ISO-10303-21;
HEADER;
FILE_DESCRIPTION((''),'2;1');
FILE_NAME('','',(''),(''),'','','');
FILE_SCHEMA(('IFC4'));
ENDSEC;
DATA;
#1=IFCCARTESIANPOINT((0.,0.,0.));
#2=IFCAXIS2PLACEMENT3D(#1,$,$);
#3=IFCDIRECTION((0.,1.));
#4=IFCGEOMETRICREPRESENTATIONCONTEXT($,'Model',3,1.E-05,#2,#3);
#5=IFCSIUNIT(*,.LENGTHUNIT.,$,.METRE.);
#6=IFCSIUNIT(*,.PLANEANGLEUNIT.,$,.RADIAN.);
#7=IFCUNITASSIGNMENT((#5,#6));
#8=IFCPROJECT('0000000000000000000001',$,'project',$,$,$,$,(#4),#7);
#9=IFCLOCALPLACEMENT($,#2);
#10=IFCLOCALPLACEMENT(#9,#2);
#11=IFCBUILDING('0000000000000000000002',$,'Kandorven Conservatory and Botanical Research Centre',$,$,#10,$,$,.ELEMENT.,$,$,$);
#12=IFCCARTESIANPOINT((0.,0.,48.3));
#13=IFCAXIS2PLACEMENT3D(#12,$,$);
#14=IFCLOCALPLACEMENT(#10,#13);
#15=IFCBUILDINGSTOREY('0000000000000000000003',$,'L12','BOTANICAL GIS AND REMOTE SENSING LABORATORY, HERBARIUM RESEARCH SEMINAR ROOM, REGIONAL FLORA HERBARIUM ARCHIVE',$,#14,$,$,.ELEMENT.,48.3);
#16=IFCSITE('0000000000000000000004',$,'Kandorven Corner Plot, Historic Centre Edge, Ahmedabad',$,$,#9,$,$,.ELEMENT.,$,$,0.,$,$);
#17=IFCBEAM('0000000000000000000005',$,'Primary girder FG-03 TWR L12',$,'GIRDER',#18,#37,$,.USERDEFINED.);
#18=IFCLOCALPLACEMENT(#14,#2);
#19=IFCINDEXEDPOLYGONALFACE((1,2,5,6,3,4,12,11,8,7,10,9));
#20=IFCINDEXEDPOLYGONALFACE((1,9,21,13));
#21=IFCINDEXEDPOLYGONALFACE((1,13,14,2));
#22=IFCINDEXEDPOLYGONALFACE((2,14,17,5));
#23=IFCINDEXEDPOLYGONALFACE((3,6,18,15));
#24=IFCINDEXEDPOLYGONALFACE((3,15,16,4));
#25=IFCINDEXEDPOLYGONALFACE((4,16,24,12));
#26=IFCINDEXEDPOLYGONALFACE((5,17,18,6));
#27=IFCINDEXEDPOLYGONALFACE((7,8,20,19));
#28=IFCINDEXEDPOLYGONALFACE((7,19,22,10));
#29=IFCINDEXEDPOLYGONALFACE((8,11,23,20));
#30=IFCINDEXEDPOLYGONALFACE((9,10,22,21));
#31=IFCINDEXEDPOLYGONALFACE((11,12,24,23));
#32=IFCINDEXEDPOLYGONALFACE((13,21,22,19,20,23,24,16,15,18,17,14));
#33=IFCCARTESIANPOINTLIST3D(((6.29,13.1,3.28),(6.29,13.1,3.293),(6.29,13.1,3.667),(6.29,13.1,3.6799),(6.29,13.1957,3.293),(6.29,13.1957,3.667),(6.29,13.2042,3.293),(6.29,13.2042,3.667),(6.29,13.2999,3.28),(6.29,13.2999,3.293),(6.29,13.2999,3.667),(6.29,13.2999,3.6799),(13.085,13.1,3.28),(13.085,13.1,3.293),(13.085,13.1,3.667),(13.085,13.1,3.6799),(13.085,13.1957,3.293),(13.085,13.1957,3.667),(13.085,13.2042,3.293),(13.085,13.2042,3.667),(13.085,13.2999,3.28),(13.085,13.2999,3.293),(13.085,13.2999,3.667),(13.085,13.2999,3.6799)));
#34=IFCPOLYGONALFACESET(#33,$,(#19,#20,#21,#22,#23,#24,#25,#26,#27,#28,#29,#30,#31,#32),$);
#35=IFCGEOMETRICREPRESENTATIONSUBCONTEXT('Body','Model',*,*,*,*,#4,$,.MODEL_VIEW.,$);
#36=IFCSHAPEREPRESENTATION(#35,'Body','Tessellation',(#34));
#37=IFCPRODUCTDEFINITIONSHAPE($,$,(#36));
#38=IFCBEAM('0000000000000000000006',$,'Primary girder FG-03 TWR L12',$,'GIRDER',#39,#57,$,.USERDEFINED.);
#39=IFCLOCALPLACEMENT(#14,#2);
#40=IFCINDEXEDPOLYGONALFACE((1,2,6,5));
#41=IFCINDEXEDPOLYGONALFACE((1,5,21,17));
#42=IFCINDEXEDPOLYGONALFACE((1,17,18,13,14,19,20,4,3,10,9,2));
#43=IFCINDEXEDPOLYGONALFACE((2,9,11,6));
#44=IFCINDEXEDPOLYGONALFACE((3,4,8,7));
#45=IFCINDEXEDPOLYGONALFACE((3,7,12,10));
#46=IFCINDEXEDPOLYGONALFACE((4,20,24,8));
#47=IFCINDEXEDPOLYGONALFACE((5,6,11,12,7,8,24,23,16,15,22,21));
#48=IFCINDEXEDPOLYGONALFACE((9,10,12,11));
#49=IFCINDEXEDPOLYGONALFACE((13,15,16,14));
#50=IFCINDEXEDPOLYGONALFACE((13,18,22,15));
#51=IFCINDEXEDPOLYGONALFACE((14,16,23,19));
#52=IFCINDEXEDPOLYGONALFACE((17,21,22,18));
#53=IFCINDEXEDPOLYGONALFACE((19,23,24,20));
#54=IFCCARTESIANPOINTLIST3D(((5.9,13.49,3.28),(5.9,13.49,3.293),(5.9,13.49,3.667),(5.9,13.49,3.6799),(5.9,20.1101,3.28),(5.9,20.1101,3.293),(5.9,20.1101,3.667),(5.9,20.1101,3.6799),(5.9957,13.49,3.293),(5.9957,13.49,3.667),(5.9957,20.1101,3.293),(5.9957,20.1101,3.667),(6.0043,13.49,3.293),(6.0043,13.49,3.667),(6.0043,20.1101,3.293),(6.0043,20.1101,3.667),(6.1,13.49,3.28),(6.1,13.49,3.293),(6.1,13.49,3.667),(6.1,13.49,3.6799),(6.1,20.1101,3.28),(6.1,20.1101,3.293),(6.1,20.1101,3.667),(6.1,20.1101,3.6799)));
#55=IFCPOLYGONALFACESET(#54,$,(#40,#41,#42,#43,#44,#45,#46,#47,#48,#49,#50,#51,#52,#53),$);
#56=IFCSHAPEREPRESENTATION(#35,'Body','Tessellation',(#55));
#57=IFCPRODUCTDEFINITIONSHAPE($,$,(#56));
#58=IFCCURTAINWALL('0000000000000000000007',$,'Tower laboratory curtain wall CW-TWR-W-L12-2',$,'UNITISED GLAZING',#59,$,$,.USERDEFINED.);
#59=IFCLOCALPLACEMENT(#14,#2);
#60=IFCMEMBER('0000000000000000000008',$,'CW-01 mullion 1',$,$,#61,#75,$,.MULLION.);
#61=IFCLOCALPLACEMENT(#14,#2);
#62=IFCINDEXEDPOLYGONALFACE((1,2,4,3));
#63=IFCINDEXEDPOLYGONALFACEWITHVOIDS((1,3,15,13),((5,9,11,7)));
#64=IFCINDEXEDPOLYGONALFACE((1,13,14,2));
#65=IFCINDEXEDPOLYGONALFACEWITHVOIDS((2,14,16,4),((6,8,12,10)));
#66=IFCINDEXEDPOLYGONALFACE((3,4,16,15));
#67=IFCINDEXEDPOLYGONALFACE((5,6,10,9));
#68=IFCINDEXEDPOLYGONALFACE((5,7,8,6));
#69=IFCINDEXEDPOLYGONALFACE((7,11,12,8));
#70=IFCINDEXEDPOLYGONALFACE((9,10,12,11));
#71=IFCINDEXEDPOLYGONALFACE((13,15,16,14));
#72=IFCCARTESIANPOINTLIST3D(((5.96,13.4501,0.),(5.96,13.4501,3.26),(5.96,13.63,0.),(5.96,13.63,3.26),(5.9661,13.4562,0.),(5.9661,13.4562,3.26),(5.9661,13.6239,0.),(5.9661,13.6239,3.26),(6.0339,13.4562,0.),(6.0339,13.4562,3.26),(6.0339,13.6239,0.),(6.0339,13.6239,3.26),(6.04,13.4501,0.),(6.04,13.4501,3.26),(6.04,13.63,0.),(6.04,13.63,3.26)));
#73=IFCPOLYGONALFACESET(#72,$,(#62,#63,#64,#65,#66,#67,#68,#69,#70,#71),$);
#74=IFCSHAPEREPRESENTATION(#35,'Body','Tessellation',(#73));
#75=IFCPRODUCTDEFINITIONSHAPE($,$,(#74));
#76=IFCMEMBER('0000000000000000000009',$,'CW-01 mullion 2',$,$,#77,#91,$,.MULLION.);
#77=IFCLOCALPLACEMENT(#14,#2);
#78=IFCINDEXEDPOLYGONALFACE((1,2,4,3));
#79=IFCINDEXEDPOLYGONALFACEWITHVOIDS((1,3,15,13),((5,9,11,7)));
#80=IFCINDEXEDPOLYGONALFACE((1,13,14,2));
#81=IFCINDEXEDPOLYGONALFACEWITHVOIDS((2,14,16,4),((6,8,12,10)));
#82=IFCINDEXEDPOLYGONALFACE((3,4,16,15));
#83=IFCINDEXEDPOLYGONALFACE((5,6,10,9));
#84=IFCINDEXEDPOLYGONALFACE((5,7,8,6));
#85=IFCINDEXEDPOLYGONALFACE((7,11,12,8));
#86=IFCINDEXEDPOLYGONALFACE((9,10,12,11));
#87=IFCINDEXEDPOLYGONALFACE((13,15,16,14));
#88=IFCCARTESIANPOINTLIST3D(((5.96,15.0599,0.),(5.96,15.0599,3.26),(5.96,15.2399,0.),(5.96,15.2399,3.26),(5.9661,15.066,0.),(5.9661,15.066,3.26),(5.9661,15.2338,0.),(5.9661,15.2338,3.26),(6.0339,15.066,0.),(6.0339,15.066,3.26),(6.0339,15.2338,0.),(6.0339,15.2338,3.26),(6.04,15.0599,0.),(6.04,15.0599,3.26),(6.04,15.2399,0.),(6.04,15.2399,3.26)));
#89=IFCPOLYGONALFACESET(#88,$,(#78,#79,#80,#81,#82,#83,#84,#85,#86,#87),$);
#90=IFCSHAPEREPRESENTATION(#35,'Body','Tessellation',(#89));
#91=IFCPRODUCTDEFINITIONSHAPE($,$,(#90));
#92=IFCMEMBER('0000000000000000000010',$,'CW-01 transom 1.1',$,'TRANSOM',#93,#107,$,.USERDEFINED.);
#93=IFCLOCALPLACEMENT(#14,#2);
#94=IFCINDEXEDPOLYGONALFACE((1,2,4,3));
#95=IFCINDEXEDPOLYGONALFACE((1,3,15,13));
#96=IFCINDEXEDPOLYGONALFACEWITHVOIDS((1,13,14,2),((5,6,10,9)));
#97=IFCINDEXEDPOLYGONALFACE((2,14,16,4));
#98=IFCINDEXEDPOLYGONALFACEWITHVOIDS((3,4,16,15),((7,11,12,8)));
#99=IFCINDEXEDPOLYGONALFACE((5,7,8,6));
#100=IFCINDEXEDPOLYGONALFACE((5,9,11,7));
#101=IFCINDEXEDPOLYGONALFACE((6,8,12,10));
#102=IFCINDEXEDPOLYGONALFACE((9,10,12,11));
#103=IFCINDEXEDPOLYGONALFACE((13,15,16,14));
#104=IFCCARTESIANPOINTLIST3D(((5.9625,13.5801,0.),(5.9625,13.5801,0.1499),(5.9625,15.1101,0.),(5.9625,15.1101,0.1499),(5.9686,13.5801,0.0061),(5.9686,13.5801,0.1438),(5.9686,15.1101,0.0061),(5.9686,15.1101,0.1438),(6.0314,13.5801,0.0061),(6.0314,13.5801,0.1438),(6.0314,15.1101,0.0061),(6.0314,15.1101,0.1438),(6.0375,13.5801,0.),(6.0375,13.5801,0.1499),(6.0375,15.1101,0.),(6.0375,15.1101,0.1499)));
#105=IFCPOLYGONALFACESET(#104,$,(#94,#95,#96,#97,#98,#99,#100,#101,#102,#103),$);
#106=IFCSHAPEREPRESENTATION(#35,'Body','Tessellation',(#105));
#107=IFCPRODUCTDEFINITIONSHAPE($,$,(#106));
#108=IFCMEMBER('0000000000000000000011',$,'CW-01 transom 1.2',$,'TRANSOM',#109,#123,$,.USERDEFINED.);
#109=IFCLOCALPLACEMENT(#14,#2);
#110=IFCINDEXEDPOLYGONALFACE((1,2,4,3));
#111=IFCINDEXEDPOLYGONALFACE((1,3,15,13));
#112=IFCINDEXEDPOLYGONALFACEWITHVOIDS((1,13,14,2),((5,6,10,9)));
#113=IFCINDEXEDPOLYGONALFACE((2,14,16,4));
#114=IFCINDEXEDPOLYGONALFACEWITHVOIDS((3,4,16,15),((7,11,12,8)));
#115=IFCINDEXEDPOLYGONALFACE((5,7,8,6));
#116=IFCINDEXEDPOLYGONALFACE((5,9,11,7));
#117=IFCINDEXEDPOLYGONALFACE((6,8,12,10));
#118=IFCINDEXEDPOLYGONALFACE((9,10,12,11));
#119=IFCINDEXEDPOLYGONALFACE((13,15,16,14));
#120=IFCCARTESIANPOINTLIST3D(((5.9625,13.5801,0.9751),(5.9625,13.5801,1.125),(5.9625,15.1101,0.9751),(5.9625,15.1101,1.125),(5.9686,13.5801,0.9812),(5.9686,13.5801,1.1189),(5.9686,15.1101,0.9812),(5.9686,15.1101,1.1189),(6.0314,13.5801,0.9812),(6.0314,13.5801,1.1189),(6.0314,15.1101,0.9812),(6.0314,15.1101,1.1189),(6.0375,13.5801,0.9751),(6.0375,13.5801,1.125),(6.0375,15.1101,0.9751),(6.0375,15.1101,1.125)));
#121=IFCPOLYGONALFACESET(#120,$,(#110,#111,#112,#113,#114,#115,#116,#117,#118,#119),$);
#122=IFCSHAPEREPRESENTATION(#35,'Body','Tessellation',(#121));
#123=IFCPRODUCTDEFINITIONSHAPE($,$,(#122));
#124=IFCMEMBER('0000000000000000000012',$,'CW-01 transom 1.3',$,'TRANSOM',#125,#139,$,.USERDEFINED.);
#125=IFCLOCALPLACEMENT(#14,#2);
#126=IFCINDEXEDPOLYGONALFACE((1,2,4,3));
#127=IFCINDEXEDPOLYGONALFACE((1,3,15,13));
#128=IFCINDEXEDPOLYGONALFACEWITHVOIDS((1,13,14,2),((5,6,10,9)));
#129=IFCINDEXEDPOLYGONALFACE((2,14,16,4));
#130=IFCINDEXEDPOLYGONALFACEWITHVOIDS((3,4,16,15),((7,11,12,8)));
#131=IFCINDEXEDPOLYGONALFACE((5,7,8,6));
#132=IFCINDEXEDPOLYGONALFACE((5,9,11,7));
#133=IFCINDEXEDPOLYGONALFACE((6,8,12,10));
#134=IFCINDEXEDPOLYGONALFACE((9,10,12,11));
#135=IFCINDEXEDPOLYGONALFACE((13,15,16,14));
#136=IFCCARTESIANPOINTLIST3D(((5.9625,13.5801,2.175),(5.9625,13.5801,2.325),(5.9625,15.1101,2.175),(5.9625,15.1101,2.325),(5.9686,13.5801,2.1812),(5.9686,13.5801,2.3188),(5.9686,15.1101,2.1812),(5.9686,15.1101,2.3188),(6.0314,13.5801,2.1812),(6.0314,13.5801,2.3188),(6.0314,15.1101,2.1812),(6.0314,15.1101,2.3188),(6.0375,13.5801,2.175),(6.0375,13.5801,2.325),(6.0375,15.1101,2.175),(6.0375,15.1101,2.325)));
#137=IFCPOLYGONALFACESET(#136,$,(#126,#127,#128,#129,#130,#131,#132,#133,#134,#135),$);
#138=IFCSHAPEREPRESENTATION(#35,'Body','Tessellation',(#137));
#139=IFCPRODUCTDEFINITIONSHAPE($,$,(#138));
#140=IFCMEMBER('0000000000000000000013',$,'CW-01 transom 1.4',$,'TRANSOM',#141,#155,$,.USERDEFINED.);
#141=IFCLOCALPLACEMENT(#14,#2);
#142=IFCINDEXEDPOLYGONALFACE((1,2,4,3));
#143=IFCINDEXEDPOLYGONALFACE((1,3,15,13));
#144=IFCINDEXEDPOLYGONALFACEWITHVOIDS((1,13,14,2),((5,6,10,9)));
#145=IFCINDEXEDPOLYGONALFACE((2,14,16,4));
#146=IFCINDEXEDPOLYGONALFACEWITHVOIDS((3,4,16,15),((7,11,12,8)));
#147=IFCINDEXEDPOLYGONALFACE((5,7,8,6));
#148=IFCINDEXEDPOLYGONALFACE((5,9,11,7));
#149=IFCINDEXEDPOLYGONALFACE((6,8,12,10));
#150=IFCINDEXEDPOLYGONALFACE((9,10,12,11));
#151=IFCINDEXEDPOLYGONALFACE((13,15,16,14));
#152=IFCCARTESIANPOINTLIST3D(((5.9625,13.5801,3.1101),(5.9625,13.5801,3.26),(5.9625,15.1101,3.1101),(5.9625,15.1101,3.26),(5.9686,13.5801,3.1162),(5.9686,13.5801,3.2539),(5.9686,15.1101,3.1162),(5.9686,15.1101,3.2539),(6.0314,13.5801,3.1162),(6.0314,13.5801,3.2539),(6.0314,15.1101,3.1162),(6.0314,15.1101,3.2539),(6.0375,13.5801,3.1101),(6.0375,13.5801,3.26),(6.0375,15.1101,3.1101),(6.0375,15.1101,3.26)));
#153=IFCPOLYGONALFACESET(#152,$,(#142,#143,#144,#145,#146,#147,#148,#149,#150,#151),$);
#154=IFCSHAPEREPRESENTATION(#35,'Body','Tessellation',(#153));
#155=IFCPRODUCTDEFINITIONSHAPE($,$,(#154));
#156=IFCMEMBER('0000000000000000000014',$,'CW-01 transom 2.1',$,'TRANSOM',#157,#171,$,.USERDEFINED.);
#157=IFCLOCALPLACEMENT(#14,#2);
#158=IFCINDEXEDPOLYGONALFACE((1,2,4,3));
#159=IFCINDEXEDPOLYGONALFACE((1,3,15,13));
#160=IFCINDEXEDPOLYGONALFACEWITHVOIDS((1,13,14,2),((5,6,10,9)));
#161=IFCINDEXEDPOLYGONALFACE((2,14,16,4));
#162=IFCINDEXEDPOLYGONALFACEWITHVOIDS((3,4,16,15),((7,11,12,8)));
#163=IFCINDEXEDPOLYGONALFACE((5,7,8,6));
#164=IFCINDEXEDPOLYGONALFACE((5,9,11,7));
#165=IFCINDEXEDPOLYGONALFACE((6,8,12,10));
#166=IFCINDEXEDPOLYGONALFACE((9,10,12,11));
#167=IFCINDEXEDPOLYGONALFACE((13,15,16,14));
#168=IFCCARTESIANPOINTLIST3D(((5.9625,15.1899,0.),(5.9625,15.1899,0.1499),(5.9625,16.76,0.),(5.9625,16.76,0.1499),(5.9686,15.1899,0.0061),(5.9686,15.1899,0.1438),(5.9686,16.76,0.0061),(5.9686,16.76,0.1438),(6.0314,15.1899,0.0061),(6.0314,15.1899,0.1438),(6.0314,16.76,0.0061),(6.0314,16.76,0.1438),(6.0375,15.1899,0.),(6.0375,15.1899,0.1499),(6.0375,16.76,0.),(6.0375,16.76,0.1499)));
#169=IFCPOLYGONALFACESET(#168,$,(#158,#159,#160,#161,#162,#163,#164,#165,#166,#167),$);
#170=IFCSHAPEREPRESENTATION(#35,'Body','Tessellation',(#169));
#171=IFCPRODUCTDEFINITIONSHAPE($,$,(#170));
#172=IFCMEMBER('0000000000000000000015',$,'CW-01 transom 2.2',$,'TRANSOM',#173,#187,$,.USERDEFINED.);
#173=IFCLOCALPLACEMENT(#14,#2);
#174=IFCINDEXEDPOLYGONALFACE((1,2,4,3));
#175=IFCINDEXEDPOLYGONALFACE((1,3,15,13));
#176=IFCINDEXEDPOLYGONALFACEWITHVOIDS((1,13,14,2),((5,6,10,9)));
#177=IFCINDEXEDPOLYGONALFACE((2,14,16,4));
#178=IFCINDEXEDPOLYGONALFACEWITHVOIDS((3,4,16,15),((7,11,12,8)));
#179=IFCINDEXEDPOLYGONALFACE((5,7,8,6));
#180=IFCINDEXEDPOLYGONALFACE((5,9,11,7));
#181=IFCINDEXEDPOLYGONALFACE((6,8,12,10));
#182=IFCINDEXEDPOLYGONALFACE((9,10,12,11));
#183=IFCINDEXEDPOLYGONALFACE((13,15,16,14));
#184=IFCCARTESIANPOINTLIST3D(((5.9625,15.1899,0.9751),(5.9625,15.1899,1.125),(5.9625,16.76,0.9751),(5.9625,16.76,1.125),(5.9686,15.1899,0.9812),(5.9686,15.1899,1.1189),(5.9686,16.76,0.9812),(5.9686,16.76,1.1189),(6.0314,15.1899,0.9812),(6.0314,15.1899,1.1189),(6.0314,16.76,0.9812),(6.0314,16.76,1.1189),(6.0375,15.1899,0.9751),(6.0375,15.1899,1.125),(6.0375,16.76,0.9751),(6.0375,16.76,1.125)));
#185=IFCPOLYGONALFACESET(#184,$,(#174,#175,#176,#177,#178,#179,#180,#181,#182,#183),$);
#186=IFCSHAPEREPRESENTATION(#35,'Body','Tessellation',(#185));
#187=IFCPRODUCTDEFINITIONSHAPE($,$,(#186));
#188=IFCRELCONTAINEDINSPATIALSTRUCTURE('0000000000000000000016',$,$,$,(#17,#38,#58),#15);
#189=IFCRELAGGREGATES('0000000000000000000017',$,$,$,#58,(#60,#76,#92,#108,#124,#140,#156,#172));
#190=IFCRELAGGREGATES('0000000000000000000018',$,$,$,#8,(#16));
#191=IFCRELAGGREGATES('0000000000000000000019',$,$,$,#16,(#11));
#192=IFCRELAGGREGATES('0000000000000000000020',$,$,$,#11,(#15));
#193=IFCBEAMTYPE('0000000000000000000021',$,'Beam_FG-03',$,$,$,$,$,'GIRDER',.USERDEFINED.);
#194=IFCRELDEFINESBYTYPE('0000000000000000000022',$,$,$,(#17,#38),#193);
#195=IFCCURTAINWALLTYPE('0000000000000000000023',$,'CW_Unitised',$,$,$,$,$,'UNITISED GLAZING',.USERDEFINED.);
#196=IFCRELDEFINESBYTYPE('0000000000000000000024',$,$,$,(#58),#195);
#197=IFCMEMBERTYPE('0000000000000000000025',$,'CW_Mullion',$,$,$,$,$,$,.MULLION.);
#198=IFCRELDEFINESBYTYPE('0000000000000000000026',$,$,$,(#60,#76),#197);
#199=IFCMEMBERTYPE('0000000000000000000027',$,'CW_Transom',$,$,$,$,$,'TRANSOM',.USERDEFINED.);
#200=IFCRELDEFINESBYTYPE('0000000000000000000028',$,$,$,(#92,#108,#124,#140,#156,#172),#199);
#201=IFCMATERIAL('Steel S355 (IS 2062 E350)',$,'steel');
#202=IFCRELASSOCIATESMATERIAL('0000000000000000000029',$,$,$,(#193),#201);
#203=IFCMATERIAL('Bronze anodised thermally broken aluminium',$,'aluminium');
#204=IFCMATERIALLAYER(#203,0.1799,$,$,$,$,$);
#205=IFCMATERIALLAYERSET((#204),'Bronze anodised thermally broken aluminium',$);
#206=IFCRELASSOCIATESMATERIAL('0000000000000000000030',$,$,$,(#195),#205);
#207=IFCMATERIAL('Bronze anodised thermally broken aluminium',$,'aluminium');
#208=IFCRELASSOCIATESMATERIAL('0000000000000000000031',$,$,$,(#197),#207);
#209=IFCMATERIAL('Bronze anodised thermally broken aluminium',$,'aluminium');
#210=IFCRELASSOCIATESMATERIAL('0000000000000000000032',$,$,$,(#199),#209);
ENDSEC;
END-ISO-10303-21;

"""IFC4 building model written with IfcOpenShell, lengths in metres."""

from ifc_helpers import new_model, si_unit, direction, frame, origin, origin_2d, place, context, subcontext, project, spatial, hollow_rectangle, i_section, extrude, material, layer, layer_set, material_profile, profile_set, type_object, element, aggregate, save


model = new_model("IFC4")

# Units and contexts
model_context = context("Model", 3, precision=1e-05, world=origin(), true_north=direction((0.0, 1.0)))
body_context = subcontext(model_context, "Body", "Model", "MODEL_VIEW")
ifc_project = project(units=[si_unit("LENGTHUNIT", "METRE"), si_unit("PLANEANGLEUNIT", "RADIAN")], contexts=[model_context])

# Site, building, storey
site_placement = place(None, origin())
site = spatial("IfcSite", under=ifc_project, at=site_placement, Name="Kandorven Corner Plot, Historic Centre Edge, Ahmedabad", CompositionType="ELEMENT", RefElevation=0.0)
building_placement = place(site_placement, origin())
building = spatial("IfcBuilding", under=site, at=building_placement, Name="Kandorven Conservatory and Botanical Research Centre", CompositionType="ELEMENT")
storey_placement = place(building_placement, frame((0.0, 0.0, 48.3)))
storey = spatial("IfcBuildingStorey", under=building, at=storey_placement, Name="L12", Description="BOTANICAL GIS AND REMOTE SENSING LABORATORY, HERBARIUM RESEARCH SEMINAR ROOM, REGIONAL FLORA HERBARIUM ARCHIVE", CompositionType="ELEMENT", Elevation=48.3)

# Beams
ifc_material_1 = material(Name="Steel S355 (IS 2062 E350)", Category="steel")
ifc_material_profile_1 = material_profile(ifc_material_1, i_section(OverallWidth=0.2, OverallDepth=0.3999, WebThickness=0.0085, FlangeThickness=0.0129, at=origin_2d()))
ifc_profile_set_1 = profile_set([ifc_material_profile_1], Name="Steel S355 (IS 2062 E350)")
beam_type = type_object("IfcBeamType", Name="Beam_FG-03", ElementType="GIRDER", PredefinedType="USERDEFINED", material=ifc_profile_set_1)
beam_1_placement = place(storey_placement, frame((6.29, 13.2, 3.48), z_axis=(1.0, 0.0, 0.0), x_axis=(0.0, 1.0, 0.0)))
element("IfcBeam", 1, at=beam_1_placement, inside=storey, type_object=beam_type, Name="Primary girder FG-03 TWR L12", ObjectType="GIRDER", PredefinedType="USERDEFINED", context=body_context, shape_type="SweptSolid", body=[
    extrude(i_section(OverallWidth=0.2, OverallDepth=0.3999, WebThickness=0.0085, FlangeThickness=0.0129, at=origin_2d()), origin(), (0.0, 0.0, 1.0), 6.7949),
])
beam_2_placement = place(storey_placement, frame((6.0, 13.49, 3.48), z_axis=(0.0, 1.0, 0.0), x_axis=(-1.0, 0.0, 0.0)))
element("IfcBeam", 2, at=beam_2_placement, inside=storey, type_object=beam_type, Name="Primary girder FG-03 TWR L12", ObjectType="GIRDER", PredefinedType="USERDEFINED", context=body_context, shape_type="SweptSolid", body=[
    extrude(i_section(OverallWidth=0.2, OverallDepth=0.3999, WebThickness=0.0085, FlangeThickness=0.0129, at=origin_2d()), origin(), (0.0, 0.0, 1.0), 6.6201),
])

# Curtain wall, members
ifc_material_2 = material(Name="Bronze anodised thermally broken aluminium", Category="aluminium")
ifc_layer_1 = layer(ifc_material_2, 0.1799)
ifc_layer_set_1 = layer_set([ifc_layer_1], Name="Bronze anodised thermally broken aluminium")
curtain_wall_type = type_object("IfcCurtainWallType", Name="CW_Unitised", ElementType="UNITISED GLAZING", PredefinedType="USERDEFINED", material=ifc_layer_set_1)
curtain_wall_placement = place(storey_placement, origin())
curtain_wall = element("IfcCurtainWall", 3, at=curtain_wall_placement, inside=storey, type_object=curtain_wall_type, Name="Tower laboratory curtain wall CW-TWR-W-L12-2", ObjectType="UNITISED GLAZING", PredefinedType="USERDEFINED")
ifc_material_3 = material(Name="Bronze anodised thermally broken aluminium", Category="aluminium")
ifc_material_profile_2 = material_profile(ifc_material_3, hollow_rectangle(XDim=0.0801, YDim=0.1799, WallThickness=0.0061, at=origin_2d()))
ifc_profile_set_2 = profile_set([ifc_material_profile_2], Name="Bronze anodised thermally broken aluminium")
member_type_1 = type_object("IfcMemberType", Name="CW_Mullion", PredefinedType="MULLION", material=ifc_profile_set_2)
member_1_placement = place(storey_placement, frame((6.0, 13.54, 0.0), z_axis=(0.0, 0.0, 1.0), x_axis=(-1.0, 0.0, 0.0)))
member_1 = element("IfcMember", 4, at=member_1_placement, type_object=member_type_1, Name="CW-01 mullion 1", PredefinedType="MULLION", context=body_context, shape_type="SweptSolid", body=[
    extrude(hollow_rectangle(XDim=0.0801, YDim=0.1799, WallThickness=0.0061, at=origin_2d()), origin(), (0.0, 0.0, 1.0), 3.26),
])
member_2_placement = place(storey_placement, frame((6.0, 15.1499, 0.0), z_axis=(0.0, 0.0, 1.0), x_axis=(-1.0, 0.0, 0.0)))
member_2 = element("IfcMember", 5, at=member_2_placement, type_object=member_type_1, Name="CW-01 mullion 2", PredefinedType="MULLION", context=body_context, shape_type="SweptSolid", body=[
    extrude(hollow_rectangle(XDim=0.0801, YDim=0.1799, WallThickness=0.0061, at=origin_2d()), origin(), (0.0, 0.0, 1.0), 3.26),
])
ifc_material_4 = material(Name="Bronze anodised thermally broken aluminium", Category="aluminium")
ifc_material_profile_3 = material_profile(ifc_material_4, hollow_rectangle(XDim=0.075, YDim=0.1499, WallThickness=0.0061, at=origin_2d()))
ifc_profile_set_3 = profile_set([ifc_material_profile_3], Name="Bronze anodised thermally broken aluminium")
member_type_2 = type_object("IfcMemberType", Name="CW_Transom", ElementType="TRANSOM", PredefinedType="USERDEFINED", material=ifc_profile_set_3)
member_3_placement = place(storey_placement, frame((6.0, 13.5801, 0.075), z_axis=(0.0, 1.0, 0.0), x_axis=(-1.0, 0.0, 0.0)))
member_3 = element("IfcMember", 6, at=member_3_placement, type_object=member_type_2, Name="CW-01 transom 1.1", ObjectType="TRANSOM", PredefinedType="USERDEFINED", context=body_context, shape_type="SweptSolid", body=[
    extrude(hollow_rectangle(XDim=0.075, YDim=0.1499, WallThickness=0.0061, at=origin_2d()), origin(), (0.0, 0.0, 1.0), 1.53),
])
member_4_placement = place(storey_placement, frame((6.0, 13.5801, 1.05), z_axis=(0.0, 1.0, 0.0), x_axis=(-1.0, 0.0, 0.0)))
member_4 = element("IfcMember", 7, at=member_4_placement, type_object=member_type_2, Name="CW-01 transom 1.2", ObjectType="TRANSOM", PredefinedType="USERDEFINED", context=body_context, shape_type="SweptSolid", body=[
    extrude(hollow_rectangle(XDim=0.075, YDim=0.1499, WallThickness=0.0061, at=origin_2d()), origin(), (0.0, 0.0, 1.0), 1.53),
])
member_5_placement = place(storey_placement, frame((6.0, 13.5801, 2.25), z_axis=(0.0, 1.0, 0.0), x_axis=(-1.0, 0.0, 0.0)))
member_5 = element("IfcMember", 8, at=member_5_placement, type_object=member_type_2, Name="CW-01 transom 1.3", ObjectType="TRANSOM", PredefinedType="USERDEFINED", context=body_context, shape_type="SweptSolid", body=[
    extrude(hollow_rectangle(XDim=0.075, YDim=0.1499, WallThickness=0.0061, at=origin_2d()), origin(), (0.0, 0.0, 1.0), 1.53),
])
member_6_placement = place(storey_placement, frame((6.0, 13.5801, 3.1851), z_axis=(0.0, 1.0, 0.0), x_axis=(-1.0, 0.0, 0.0)))
member_6 = element("IfcMember", 9, at=member_6_placement, type_object=member_type_2, Name="CW-01 transom 1.4", ObjectType="TRANSOM", PredefinedType="USERDEFINED", context=body_context, shape_type="SweptSolid", body=[
    extrude(hollow_rectangle(XDim=0.075, YDim=0.1499, WallThickness=0.0061, at=origin_2d()), origin(), (0.0, 0.0, 1.0), 1.53),
])
member_7_placement = place(storey_placement, frame((6.0, 15.1899, 0.075), z_axis=(0.0, 1.0, 0.0), x_axis=(-1.0, 0.0, 0.0)))
member_7 = element("IfcMember", 10, at=member_7_placement, type_object=member_type_2, Name="CW-01 transom 2.1", ObjectType="TRANSOM", PredefinedType="USERDEFINED", context=body_context, shape_type="SweptSolid", body=[
    extrude(hollow_rectangle(XDim=0.075, YDim=0.1499, WallThickness=0.0061, at=origin_2d()), origin(), (0.0, 0.0, 1.0), 1.5701),
])
member_8_placement = place(storey_placement, frame((6.0, 15.1899, 1.05), z_axis=(0.0, 1.0, 0.0), x_axis=(-1.0, 0.0, 0.0)))
member_8 = element("IfcMember", 11, at=member_8_placement, type_object=member_type_2, Name="CW-01 transom 2.2", ObjectType="TRANSOM", PredefinedType="USERDEFINED", context=body_context, shape_type="SweptSolid", body=[
    extrude(hollow_rectangle(XDim=0.075, YDim=0.1499, WallThickness=0.0061, at=origin_2d()), origin(), (0.0, 0.0, 1.0), 1.5701),
])

aggregate(curtain_wall, [member_1, member_2, member_3, member_4, member_5, member_6, member_7, member_8])

save(model, "model.ifc")
